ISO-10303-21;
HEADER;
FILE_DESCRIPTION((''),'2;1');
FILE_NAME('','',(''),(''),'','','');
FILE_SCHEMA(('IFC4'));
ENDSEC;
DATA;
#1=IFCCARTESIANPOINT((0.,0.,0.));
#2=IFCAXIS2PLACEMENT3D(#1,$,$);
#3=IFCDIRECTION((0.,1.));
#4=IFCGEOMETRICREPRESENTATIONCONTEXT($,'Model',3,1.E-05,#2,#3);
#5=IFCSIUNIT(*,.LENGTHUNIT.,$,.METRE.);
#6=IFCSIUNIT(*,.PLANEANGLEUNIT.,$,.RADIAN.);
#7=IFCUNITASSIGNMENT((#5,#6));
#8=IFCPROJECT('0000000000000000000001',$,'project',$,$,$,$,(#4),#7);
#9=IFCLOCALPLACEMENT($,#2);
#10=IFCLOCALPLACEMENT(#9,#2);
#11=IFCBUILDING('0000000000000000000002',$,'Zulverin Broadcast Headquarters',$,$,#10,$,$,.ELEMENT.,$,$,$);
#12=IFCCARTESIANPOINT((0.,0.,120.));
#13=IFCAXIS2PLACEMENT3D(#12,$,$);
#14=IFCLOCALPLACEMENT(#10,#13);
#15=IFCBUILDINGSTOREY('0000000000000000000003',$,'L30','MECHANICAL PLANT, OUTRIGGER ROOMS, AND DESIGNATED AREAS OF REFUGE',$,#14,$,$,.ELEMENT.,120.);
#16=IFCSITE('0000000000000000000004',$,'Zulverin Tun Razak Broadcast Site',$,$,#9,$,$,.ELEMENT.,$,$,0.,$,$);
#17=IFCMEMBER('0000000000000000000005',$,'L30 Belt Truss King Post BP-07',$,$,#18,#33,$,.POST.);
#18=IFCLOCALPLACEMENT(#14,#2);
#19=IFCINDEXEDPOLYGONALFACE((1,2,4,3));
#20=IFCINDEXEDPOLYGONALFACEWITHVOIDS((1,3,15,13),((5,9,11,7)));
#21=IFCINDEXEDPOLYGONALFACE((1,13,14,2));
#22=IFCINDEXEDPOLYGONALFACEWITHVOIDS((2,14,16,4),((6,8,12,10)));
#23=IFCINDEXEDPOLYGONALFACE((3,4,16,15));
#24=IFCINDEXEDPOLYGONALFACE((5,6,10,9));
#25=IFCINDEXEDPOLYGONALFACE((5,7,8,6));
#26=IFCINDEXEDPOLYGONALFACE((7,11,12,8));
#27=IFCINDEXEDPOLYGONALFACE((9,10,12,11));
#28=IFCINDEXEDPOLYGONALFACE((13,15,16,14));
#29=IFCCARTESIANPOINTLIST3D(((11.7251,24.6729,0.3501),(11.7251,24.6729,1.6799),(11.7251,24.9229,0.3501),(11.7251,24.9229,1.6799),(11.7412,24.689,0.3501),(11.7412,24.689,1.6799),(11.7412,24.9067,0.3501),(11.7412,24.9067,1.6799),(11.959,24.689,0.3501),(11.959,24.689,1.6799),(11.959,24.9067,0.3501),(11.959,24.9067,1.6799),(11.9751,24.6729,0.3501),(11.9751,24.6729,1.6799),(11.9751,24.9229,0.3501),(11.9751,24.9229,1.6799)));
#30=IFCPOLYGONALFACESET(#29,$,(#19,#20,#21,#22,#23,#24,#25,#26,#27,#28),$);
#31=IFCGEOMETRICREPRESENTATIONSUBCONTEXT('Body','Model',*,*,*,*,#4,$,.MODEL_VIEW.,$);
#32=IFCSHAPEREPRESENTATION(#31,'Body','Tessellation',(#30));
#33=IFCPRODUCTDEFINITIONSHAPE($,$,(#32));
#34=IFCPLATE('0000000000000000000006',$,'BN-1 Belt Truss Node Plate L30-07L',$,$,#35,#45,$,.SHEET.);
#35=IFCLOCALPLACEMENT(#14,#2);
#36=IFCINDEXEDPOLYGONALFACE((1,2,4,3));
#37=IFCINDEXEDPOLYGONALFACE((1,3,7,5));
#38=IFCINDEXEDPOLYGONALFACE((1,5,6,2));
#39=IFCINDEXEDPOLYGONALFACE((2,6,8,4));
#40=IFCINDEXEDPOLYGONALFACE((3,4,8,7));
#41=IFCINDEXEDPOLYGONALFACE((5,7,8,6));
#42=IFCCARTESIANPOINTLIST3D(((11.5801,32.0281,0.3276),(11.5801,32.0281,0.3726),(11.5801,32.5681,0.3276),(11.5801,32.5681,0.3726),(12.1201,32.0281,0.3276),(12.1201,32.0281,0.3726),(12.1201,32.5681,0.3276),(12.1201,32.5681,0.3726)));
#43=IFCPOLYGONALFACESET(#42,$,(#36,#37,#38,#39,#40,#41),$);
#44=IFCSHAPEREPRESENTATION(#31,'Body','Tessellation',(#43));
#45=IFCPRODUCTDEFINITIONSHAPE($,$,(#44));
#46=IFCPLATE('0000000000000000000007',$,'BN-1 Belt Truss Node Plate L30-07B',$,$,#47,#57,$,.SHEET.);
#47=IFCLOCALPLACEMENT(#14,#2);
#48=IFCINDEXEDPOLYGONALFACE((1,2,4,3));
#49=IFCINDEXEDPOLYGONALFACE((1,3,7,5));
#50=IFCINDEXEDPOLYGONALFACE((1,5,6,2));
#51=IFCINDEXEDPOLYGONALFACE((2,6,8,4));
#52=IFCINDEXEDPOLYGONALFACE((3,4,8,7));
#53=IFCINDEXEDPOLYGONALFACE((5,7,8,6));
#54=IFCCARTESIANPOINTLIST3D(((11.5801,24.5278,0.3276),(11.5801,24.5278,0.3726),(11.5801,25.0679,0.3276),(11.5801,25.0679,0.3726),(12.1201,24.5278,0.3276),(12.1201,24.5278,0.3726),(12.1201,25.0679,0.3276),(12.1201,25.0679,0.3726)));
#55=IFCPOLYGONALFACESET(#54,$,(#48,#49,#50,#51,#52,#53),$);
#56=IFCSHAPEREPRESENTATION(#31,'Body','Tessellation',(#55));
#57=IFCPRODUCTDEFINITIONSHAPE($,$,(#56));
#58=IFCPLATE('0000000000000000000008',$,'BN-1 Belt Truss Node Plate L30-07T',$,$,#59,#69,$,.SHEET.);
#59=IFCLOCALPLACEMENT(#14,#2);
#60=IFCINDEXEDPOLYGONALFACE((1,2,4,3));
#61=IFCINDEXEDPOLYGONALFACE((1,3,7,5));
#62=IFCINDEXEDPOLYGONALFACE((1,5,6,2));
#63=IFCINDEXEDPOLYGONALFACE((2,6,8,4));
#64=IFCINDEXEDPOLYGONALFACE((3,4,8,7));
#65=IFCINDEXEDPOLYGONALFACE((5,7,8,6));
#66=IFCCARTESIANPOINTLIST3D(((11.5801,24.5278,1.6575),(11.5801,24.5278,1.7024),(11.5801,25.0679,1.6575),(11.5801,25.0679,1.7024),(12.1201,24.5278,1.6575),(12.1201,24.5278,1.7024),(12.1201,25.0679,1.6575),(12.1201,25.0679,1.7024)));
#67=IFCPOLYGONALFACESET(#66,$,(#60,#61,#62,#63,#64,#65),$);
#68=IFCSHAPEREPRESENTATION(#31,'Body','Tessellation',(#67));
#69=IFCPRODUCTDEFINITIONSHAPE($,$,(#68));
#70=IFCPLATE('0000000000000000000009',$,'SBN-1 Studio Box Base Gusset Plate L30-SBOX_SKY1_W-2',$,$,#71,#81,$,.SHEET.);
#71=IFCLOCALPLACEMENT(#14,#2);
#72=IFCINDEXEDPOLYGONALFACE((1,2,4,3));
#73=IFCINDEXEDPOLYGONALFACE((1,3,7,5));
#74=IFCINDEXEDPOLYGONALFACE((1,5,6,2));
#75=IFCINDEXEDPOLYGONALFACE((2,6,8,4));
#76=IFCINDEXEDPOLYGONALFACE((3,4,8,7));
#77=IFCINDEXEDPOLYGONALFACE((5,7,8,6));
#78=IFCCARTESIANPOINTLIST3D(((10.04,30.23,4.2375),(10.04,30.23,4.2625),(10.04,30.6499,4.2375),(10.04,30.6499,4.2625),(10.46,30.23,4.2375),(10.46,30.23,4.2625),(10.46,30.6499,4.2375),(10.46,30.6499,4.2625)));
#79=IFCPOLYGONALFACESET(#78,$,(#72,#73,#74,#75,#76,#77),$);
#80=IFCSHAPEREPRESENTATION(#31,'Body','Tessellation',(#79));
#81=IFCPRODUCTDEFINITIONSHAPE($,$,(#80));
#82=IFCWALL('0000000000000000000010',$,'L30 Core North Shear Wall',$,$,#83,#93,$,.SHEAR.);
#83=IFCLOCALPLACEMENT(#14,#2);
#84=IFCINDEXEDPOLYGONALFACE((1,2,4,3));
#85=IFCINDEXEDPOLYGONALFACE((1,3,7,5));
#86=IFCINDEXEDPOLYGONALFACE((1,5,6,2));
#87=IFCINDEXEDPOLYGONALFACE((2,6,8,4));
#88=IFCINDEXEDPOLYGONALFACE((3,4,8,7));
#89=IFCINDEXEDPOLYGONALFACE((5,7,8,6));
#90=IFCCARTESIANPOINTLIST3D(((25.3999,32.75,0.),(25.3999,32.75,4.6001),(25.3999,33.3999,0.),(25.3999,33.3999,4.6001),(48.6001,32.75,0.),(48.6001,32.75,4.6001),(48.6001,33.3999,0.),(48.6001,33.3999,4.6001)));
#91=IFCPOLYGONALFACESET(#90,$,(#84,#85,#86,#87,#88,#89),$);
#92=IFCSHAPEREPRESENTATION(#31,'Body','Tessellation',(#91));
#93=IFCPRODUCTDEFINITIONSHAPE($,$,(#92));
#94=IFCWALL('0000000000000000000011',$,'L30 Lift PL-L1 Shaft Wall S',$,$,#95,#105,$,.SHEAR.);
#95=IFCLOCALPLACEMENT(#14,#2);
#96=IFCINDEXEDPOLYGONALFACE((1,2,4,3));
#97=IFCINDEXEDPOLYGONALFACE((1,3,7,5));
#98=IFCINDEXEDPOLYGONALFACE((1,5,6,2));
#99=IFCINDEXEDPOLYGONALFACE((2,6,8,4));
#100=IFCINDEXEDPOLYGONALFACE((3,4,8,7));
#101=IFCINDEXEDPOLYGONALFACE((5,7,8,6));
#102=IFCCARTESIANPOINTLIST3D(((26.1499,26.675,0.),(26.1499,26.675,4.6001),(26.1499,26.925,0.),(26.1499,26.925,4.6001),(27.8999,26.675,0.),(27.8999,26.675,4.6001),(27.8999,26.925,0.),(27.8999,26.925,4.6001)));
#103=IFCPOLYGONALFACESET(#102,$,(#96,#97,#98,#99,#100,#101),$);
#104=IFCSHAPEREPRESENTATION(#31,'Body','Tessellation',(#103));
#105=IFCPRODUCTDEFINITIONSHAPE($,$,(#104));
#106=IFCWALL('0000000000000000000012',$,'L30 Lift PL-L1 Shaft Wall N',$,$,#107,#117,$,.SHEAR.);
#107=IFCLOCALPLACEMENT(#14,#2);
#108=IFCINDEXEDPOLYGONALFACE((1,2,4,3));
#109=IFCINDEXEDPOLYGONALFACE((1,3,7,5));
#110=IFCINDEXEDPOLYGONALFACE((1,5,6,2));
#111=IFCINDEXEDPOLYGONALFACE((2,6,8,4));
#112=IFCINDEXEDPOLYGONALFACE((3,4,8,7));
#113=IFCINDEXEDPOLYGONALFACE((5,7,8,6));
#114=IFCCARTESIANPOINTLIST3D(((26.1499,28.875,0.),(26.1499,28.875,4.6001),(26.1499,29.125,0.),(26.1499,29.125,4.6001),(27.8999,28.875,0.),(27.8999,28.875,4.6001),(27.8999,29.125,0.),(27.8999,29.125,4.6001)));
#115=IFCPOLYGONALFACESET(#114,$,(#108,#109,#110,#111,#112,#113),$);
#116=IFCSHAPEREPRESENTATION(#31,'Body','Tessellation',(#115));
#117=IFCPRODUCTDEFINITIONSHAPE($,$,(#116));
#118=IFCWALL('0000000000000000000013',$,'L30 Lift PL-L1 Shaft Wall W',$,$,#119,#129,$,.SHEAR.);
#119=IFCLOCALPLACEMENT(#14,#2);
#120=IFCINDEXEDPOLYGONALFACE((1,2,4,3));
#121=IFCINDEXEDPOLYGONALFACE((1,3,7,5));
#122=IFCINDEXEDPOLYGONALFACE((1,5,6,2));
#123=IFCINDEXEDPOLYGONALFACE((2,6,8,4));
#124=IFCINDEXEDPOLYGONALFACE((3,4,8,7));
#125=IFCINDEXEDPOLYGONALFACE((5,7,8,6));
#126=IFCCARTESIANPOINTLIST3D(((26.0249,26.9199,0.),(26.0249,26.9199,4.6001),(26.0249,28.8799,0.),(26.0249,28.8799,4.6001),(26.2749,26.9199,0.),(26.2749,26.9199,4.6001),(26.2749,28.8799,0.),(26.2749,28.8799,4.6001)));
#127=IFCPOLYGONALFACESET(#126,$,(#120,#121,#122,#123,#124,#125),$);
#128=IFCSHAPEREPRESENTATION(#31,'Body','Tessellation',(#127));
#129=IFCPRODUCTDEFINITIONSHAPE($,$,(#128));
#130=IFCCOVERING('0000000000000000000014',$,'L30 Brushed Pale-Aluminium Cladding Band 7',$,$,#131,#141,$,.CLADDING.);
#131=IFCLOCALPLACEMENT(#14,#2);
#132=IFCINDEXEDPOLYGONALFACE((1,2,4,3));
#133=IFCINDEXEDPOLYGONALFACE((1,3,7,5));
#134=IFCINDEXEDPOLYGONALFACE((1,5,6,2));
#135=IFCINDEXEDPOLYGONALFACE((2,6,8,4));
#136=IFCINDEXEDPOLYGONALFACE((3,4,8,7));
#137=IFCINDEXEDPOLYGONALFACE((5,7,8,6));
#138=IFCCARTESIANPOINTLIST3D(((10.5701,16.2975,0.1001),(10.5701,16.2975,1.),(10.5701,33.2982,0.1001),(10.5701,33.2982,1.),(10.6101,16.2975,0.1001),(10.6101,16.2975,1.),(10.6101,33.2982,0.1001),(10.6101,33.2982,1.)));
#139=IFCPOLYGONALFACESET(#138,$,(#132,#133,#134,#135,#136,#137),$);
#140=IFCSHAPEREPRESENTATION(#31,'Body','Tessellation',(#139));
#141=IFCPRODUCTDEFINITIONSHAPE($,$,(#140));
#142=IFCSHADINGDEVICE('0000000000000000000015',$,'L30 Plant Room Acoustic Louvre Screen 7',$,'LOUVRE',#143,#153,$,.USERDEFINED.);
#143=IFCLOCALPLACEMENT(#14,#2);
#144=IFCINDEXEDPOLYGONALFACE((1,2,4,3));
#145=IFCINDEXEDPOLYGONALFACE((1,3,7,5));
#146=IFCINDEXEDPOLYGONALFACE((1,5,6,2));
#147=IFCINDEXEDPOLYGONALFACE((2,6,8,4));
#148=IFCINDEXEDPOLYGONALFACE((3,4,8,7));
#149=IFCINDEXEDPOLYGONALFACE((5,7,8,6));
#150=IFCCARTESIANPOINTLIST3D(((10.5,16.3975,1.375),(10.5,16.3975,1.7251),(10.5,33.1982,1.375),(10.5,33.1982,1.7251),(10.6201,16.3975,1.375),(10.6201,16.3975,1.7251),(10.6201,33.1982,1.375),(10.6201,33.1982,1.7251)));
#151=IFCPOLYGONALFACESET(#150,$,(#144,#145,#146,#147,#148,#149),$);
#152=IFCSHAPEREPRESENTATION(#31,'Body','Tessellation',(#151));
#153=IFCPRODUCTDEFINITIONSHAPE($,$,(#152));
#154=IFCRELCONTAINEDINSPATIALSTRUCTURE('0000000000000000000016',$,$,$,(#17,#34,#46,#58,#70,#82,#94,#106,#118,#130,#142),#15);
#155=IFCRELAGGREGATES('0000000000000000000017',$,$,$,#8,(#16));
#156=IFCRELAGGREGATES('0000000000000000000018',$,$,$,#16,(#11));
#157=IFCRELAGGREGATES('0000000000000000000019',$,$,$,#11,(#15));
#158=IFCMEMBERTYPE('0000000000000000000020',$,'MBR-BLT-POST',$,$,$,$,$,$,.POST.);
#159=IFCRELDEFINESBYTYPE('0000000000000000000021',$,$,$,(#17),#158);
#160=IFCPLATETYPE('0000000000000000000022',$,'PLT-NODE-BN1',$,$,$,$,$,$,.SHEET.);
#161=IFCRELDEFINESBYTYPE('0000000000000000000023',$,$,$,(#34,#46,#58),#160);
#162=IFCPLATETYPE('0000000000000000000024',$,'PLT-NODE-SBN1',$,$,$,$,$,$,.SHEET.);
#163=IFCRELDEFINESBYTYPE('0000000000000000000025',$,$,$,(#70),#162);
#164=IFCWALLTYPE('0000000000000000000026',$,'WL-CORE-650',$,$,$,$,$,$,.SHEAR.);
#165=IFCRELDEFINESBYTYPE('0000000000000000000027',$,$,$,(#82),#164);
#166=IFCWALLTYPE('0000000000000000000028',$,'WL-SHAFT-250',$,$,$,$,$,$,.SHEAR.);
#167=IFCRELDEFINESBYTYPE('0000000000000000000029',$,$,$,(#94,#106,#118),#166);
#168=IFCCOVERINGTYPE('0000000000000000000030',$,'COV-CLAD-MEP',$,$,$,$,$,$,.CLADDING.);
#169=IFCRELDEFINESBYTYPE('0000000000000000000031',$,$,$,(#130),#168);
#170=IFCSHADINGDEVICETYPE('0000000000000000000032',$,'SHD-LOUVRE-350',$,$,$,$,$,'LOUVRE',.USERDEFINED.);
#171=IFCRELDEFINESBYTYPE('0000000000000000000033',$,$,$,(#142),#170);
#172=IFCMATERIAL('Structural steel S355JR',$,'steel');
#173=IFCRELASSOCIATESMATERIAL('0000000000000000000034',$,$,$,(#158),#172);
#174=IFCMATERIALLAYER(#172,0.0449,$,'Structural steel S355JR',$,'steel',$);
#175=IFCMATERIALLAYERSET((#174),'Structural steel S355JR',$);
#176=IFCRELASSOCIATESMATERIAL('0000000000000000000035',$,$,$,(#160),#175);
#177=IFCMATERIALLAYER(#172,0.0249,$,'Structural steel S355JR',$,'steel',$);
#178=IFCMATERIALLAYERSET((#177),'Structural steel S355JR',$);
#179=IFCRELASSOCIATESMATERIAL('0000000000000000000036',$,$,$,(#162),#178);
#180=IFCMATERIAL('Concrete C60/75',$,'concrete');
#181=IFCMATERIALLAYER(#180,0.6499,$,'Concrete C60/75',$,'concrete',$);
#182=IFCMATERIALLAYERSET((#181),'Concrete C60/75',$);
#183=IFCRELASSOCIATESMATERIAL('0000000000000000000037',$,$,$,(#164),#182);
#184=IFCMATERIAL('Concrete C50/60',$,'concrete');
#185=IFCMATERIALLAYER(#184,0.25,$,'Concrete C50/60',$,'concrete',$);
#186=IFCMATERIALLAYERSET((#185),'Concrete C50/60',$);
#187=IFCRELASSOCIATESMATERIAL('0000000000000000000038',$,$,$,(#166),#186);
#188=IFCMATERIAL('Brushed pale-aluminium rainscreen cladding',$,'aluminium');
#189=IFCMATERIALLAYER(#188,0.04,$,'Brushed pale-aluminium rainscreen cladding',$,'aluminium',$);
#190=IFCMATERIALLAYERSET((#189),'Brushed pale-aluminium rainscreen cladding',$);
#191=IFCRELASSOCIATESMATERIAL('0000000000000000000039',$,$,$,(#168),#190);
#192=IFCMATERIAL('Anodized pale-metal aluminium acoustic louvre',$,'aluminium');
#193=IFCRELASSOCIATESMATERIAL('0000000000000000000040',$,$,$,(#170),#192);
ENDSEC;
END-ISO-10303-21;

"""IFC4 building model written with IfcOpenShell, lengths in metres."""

from ifc_helpers import new_model, si_unit, direction, frame, frame_2d, origin, origin_2d, place, context, subcontext, project, spatial, rectangle, hollow_rectangle, extrude, material, layer, layer_set, material_profile, profile_set, type_object, element, save


model = new_model("IFC4")

# Units and contexts
model_context = context("Model", 3, precision=1e-05, world=origin(), true_north=direction((0.0, 1.0)))
body_context = subcontext(model_context, "Body", "Model", "MODEL_VIEW")
ifc_project = project(units=[si_unit("LENGTHUNIT", "METRE"), si_unit("PLANEANGLEUNIT", "RADIAN")], contexts=[model_context])

# Site, building, storey
site_placement = place(None, origin())
site = spatial("IfcSite", under=ifc_project, at=site_placement, Name="Zulverin Tun Razak Broadcast Site", CompositionType="ELEMENT", RefElevation=0.0)
building_placement = place(site_placement, origin())
building = spatial("IfcBuilding", under=site, at=building_placement, Name="Zulverin Broadcast Headquarters", CompositionType="ELEMENT")
storey_placement = place(building_placement, frame((0.0, 0.0, 120.0)))
storey = spatial("IfcBuildingStorey", under=building, at=storey_placement, Name="L30", Description="MECHANICAL PLANT, OUTRIGGER ROOMS, AND DESIGNATED AREAS OF REFUGE", CompositionType="ELEMENT", Elevation=120.0)

# Shared definitions
ifc_material_1 = material(Name="Concrete C60/75", Category="concrete")

# Shared definitions
ifc_material_2 = material(Name="Structural steel S355JR", Category="steel")

# Member
ifc_material_profile_1 = material_profile(ifc_material_2, hollow_rectangle(XDim=0.25, YDim=0.25, WallThickness=0.0161, at=origin_2d()), Name="Structural steel S355JR", Category="steel")
ifc_profile_set_1 = profile_set([ifc_material_profile_1], Name="Structural steel S355JR")
member_type_1 = type_object("IfcMemberType", Name="MBR-BLT-POST", PredefinedType="POST", material=ifc_profile_set_1)
member_1_placement = place(storey_placement, frame((11.8501, 24.7979, 0.3501), z_axis=(0.0, 0.0, 1.0), x_axis=(1.0, 0.0, 0.0)))
element("IfcMember", 1, at=member_1_placement, inside=storey, type_object=member_type_1, Name="L30 Belt Truss King Post BP-07", PredefinedType="POST", context=body_context, shape_type="SweptSolid", body=[
    extrude(hollow_rectangle(XDim=0.25, YDim=0.25, WallThickness=0.0161, at=origin_2d()), origin(), (0.0, 0.0, 1.0), 1.3298),
])

# Plates
ifc_layer_1 = layer(ifc_material_2, 0.0449, Name="Structural steel S355JR", Category="steel")
ifc_layer_set_1 = layer_set([ifc_layer_1], Name="Structural steel S355JR")
plate_type_1 = type_object("IfcPlateType", Name="PLT-NODE-BN1", PredefinedType="SHEET", material=ifc_layer_set_1)
for number, where, z_axis, x_axis, name in (
    (2, (11.8501, 32.2981, 0.3276), (0.0, 0.0, 1.0), (1.0, 0.0, 0.0), "BN-1 Belt Truss Node Plate L30-07L"),
    (3, (11.8501, 24.7979, 0.3276), (0.0, 0.0, 1.0), (1.0, 0.0, 0.0), "BN-1 Belt Truss Node Plate L30-07B"),
    (4, (11.8501, 24.7979, 1.6575), (0.0, 0.0, 1.0), (1.0, 0.0, 0.0), "BN-1 Belt Truss Node Plate L30-07T"),
):
    element("IfcPlate", number, at=place(storey_placement, frame(where, z_axis=z_axis, x_axis=x_axis)), inside=storey, type_object=plate_type_1, Name=name, PredefinedType="SHEET", context=body_context, shape_type="SweptSolid", body=[
        extrude(rectangle(XDim=0.54, YDim=0.54, at=origin_2d()), origin(), (0.0, 0.0, 1.0), 0.0449),
    ])
ifc_layer_2 = layer(ifc_material_2, 0.0249, Name="Structural steel S355JR", Category="steel")
ifc_layer_set_2 = layer_set([ifc_layer_2], Name="Structural steel S355JR")
plate_type_2 = type_object("IfcPlateType", Name="PLT-NODE-SBN1", PredefinedType="SHEET", material=ifc_layer_set_2)
plate_placement = place(storey_placement, frame((10.25, 30.4399, 4.2375), z_axis=(0.0, 0.0, 1.0), x_axis=(1.0, 0.0, 0.0)))
element("IfcPlate", 5, at=plate_placement, inside=storey, type_object=plate_type_2, Name="SBN-1 Studio Box Base Gusset Plate L30-SBOX_SKY1_W-2", PredefinedType="SHEET", context=body_context, shape_type="SweptSolid", body=[
    extrude(rectangle(XDim=0.4199, YDim=0.4199, at=origin_2d()), origin(), (0.0, 0.0, 1.0), 0.0249),
])

# Walls
ifc_layer_3 = layer(ifc_material_1, 0.6499, Name="Concrete C60/75", Category="concrete")
ifc_layer_set_3 = layer_set([ifc_layer_3], Name="Concrete C60/75")
wall_type_1 = type_object("IfcWallType", Name="WL-CORE-650", PredefinedType="SHEAR", material=ifc_layer_set_3)
wall_1_placement = place(storey_placement, frame((25.3999, 33.075, 0.0), z_axis=(0.0, 0.0, 1.0), x_axis=(1.0, 0.0, 0.0)))
element("IfcWall", 6, at=wall_1_placement, inside=storey, type_object=wall_type_1, Name="L30 Core North Shear Wall", PredefinedType="SHEAR", context=body_context, shape_type="SweptSolid", body=[
    extrude(rectangle(XDim=23.2002, YDim=0.6499, at=frame_2d((11.6001, 0.0))), origin(), (0.0, 0.0, 1.0), 4.6001),
])
ifc_material_3 = material(Name="Concrete C50/60", Category="concrete")
ifc_layer_4 = layer(ifc_material_3, 0.25, Name="Concrete C50/60", Category="concrete")
ifc_layer_set_4 = layer_set([ifc_layer_4], Name="Concrete C50/60")
wall_type_2 = type_object("IfcWallType", Name="WL-SHAFT-250", PredefinedType="SHEAR", material=ifc_layer_set_4)
for number, where, z_axis, x_axis, name in (
    (7, (26.1499, 26.8, 0.0), (0.0, 0.0, 1.0), (1.0, 0.0, 0.0), "L30 Lift PL-L1 Shaft Wall S"),
    (8, (26.1499, 29.0, 0.0), (0.0, 0.0, 1.0), (1.0, 0.0, 0.0), "L30 Lift PL-L1 Shaft Wall N"),
):
    element("IfcWall", number, at=place(storey_placement, frame(where, z_axis=z_axis, x_axis=x_axis)), inside=storey, type_object=wall_type_2, Name=name, PredefinedType="SHEAR", context=body_context, shape_type="SweptSolid", body=[
        extrude(rectangle(XDim=1.75, YDim=0.25, at=frame_2d((0.875, 0.0))), origin(), (0.0, 0.0, 1.0), 4.6001),
    ])
wall_2_placement = place(storey_placement, frame((26.1499, 26.9199, 0.0), z_axis=(0.0, 0.0, 1.0), x_axis=(0.0, 1.0, 0.0)))
element("IfcWall", 9, at=wall_2_placement, inside=storey, type_object=wall_type_2, Name="L30 Lift PL-L1 Shaft Wall W", PredefinedType="SHEAR", context=body_context, shape_type="SweptSolid", body=[
    extrude(rectangle(XDim=1.96, YDim=0.25, at=frame_2d((0.98, 0.0))), origin(), (0.0, 0.0, 1.0), 4.6001),
])

# Covering
ifc_material_4 = material(Name="Brushed pale-aluminium rainscreen cladding", Category="aluminium")
ifc_layer_5 = layer(ifc_material_4, 0.04, Name="Brushed pale-aluminium rainscreen cladding", Category="aluminium")
ifc_layer_set_5 = layer_set([ifc_layer_5], Name="Brushed pale-aluminium rainscreen cladding")
covering_type = type_object("IfcCoveringType", Name="COV-CLAD-MEP", PredefinedType="CLADDING", material=ifc_layer_set_5)
covering_placement = place(storey_placement, frame((10.5901, 24.7979, 0.1001), z_axis=(0.0, 0.0, 1.0), x_axis=(0.0, -1.0, 0.0)))
element("IfcCovering", 10, at=covering_placement, inside=storey, type_object=covering_type, Name="L30 Brushed Pale-Aluminium Cladding Band 7", PredefinedType="CLADDING", context=body_context, shape_type="SweptSolid", body=[
    extrude(rectangle(XDim=17.0007, YDim=0.04, at=origin_2d()), origin(), (0.0, 0.0, 1.0), 0.8999),
])

# Shading device
ifc_material_5 = material(Name="Anodized pale-metal aluminium acoustic louvre", Category="aluminium")
shading_device_type = type_object("IfcShadingDeviceType", Name="SHD-LOUVRE-350", ElementType="LOUVRE", PredefinedType="USERDEFINED", material=ifc_material_5)
shading_device_placement = place(storey_placement, frame((10.5601, 24.7979, 1.375), z_axis=(0.0, 0.0, 1.0), x_axis=(0.0, -1.0, 0.0)))
element("IfcShadingDevice", 11, at=shading_device_placement, inside=storey, type_object=shading_device_type, Name="L30 Plant Room Acoustic Louvre Screen 7", ObjectType="LOUVRE", PredefinedType="USERDEFINED", context=body_context, shape_type="SweptSolid", body=[
    extrude(rectangle(XDim=16.8008, YDim=0.1201, at=origin_2d()), origin(), (0.0, 0.0, 1.0), 0.3501),
])

save(model, "model.ifc")
